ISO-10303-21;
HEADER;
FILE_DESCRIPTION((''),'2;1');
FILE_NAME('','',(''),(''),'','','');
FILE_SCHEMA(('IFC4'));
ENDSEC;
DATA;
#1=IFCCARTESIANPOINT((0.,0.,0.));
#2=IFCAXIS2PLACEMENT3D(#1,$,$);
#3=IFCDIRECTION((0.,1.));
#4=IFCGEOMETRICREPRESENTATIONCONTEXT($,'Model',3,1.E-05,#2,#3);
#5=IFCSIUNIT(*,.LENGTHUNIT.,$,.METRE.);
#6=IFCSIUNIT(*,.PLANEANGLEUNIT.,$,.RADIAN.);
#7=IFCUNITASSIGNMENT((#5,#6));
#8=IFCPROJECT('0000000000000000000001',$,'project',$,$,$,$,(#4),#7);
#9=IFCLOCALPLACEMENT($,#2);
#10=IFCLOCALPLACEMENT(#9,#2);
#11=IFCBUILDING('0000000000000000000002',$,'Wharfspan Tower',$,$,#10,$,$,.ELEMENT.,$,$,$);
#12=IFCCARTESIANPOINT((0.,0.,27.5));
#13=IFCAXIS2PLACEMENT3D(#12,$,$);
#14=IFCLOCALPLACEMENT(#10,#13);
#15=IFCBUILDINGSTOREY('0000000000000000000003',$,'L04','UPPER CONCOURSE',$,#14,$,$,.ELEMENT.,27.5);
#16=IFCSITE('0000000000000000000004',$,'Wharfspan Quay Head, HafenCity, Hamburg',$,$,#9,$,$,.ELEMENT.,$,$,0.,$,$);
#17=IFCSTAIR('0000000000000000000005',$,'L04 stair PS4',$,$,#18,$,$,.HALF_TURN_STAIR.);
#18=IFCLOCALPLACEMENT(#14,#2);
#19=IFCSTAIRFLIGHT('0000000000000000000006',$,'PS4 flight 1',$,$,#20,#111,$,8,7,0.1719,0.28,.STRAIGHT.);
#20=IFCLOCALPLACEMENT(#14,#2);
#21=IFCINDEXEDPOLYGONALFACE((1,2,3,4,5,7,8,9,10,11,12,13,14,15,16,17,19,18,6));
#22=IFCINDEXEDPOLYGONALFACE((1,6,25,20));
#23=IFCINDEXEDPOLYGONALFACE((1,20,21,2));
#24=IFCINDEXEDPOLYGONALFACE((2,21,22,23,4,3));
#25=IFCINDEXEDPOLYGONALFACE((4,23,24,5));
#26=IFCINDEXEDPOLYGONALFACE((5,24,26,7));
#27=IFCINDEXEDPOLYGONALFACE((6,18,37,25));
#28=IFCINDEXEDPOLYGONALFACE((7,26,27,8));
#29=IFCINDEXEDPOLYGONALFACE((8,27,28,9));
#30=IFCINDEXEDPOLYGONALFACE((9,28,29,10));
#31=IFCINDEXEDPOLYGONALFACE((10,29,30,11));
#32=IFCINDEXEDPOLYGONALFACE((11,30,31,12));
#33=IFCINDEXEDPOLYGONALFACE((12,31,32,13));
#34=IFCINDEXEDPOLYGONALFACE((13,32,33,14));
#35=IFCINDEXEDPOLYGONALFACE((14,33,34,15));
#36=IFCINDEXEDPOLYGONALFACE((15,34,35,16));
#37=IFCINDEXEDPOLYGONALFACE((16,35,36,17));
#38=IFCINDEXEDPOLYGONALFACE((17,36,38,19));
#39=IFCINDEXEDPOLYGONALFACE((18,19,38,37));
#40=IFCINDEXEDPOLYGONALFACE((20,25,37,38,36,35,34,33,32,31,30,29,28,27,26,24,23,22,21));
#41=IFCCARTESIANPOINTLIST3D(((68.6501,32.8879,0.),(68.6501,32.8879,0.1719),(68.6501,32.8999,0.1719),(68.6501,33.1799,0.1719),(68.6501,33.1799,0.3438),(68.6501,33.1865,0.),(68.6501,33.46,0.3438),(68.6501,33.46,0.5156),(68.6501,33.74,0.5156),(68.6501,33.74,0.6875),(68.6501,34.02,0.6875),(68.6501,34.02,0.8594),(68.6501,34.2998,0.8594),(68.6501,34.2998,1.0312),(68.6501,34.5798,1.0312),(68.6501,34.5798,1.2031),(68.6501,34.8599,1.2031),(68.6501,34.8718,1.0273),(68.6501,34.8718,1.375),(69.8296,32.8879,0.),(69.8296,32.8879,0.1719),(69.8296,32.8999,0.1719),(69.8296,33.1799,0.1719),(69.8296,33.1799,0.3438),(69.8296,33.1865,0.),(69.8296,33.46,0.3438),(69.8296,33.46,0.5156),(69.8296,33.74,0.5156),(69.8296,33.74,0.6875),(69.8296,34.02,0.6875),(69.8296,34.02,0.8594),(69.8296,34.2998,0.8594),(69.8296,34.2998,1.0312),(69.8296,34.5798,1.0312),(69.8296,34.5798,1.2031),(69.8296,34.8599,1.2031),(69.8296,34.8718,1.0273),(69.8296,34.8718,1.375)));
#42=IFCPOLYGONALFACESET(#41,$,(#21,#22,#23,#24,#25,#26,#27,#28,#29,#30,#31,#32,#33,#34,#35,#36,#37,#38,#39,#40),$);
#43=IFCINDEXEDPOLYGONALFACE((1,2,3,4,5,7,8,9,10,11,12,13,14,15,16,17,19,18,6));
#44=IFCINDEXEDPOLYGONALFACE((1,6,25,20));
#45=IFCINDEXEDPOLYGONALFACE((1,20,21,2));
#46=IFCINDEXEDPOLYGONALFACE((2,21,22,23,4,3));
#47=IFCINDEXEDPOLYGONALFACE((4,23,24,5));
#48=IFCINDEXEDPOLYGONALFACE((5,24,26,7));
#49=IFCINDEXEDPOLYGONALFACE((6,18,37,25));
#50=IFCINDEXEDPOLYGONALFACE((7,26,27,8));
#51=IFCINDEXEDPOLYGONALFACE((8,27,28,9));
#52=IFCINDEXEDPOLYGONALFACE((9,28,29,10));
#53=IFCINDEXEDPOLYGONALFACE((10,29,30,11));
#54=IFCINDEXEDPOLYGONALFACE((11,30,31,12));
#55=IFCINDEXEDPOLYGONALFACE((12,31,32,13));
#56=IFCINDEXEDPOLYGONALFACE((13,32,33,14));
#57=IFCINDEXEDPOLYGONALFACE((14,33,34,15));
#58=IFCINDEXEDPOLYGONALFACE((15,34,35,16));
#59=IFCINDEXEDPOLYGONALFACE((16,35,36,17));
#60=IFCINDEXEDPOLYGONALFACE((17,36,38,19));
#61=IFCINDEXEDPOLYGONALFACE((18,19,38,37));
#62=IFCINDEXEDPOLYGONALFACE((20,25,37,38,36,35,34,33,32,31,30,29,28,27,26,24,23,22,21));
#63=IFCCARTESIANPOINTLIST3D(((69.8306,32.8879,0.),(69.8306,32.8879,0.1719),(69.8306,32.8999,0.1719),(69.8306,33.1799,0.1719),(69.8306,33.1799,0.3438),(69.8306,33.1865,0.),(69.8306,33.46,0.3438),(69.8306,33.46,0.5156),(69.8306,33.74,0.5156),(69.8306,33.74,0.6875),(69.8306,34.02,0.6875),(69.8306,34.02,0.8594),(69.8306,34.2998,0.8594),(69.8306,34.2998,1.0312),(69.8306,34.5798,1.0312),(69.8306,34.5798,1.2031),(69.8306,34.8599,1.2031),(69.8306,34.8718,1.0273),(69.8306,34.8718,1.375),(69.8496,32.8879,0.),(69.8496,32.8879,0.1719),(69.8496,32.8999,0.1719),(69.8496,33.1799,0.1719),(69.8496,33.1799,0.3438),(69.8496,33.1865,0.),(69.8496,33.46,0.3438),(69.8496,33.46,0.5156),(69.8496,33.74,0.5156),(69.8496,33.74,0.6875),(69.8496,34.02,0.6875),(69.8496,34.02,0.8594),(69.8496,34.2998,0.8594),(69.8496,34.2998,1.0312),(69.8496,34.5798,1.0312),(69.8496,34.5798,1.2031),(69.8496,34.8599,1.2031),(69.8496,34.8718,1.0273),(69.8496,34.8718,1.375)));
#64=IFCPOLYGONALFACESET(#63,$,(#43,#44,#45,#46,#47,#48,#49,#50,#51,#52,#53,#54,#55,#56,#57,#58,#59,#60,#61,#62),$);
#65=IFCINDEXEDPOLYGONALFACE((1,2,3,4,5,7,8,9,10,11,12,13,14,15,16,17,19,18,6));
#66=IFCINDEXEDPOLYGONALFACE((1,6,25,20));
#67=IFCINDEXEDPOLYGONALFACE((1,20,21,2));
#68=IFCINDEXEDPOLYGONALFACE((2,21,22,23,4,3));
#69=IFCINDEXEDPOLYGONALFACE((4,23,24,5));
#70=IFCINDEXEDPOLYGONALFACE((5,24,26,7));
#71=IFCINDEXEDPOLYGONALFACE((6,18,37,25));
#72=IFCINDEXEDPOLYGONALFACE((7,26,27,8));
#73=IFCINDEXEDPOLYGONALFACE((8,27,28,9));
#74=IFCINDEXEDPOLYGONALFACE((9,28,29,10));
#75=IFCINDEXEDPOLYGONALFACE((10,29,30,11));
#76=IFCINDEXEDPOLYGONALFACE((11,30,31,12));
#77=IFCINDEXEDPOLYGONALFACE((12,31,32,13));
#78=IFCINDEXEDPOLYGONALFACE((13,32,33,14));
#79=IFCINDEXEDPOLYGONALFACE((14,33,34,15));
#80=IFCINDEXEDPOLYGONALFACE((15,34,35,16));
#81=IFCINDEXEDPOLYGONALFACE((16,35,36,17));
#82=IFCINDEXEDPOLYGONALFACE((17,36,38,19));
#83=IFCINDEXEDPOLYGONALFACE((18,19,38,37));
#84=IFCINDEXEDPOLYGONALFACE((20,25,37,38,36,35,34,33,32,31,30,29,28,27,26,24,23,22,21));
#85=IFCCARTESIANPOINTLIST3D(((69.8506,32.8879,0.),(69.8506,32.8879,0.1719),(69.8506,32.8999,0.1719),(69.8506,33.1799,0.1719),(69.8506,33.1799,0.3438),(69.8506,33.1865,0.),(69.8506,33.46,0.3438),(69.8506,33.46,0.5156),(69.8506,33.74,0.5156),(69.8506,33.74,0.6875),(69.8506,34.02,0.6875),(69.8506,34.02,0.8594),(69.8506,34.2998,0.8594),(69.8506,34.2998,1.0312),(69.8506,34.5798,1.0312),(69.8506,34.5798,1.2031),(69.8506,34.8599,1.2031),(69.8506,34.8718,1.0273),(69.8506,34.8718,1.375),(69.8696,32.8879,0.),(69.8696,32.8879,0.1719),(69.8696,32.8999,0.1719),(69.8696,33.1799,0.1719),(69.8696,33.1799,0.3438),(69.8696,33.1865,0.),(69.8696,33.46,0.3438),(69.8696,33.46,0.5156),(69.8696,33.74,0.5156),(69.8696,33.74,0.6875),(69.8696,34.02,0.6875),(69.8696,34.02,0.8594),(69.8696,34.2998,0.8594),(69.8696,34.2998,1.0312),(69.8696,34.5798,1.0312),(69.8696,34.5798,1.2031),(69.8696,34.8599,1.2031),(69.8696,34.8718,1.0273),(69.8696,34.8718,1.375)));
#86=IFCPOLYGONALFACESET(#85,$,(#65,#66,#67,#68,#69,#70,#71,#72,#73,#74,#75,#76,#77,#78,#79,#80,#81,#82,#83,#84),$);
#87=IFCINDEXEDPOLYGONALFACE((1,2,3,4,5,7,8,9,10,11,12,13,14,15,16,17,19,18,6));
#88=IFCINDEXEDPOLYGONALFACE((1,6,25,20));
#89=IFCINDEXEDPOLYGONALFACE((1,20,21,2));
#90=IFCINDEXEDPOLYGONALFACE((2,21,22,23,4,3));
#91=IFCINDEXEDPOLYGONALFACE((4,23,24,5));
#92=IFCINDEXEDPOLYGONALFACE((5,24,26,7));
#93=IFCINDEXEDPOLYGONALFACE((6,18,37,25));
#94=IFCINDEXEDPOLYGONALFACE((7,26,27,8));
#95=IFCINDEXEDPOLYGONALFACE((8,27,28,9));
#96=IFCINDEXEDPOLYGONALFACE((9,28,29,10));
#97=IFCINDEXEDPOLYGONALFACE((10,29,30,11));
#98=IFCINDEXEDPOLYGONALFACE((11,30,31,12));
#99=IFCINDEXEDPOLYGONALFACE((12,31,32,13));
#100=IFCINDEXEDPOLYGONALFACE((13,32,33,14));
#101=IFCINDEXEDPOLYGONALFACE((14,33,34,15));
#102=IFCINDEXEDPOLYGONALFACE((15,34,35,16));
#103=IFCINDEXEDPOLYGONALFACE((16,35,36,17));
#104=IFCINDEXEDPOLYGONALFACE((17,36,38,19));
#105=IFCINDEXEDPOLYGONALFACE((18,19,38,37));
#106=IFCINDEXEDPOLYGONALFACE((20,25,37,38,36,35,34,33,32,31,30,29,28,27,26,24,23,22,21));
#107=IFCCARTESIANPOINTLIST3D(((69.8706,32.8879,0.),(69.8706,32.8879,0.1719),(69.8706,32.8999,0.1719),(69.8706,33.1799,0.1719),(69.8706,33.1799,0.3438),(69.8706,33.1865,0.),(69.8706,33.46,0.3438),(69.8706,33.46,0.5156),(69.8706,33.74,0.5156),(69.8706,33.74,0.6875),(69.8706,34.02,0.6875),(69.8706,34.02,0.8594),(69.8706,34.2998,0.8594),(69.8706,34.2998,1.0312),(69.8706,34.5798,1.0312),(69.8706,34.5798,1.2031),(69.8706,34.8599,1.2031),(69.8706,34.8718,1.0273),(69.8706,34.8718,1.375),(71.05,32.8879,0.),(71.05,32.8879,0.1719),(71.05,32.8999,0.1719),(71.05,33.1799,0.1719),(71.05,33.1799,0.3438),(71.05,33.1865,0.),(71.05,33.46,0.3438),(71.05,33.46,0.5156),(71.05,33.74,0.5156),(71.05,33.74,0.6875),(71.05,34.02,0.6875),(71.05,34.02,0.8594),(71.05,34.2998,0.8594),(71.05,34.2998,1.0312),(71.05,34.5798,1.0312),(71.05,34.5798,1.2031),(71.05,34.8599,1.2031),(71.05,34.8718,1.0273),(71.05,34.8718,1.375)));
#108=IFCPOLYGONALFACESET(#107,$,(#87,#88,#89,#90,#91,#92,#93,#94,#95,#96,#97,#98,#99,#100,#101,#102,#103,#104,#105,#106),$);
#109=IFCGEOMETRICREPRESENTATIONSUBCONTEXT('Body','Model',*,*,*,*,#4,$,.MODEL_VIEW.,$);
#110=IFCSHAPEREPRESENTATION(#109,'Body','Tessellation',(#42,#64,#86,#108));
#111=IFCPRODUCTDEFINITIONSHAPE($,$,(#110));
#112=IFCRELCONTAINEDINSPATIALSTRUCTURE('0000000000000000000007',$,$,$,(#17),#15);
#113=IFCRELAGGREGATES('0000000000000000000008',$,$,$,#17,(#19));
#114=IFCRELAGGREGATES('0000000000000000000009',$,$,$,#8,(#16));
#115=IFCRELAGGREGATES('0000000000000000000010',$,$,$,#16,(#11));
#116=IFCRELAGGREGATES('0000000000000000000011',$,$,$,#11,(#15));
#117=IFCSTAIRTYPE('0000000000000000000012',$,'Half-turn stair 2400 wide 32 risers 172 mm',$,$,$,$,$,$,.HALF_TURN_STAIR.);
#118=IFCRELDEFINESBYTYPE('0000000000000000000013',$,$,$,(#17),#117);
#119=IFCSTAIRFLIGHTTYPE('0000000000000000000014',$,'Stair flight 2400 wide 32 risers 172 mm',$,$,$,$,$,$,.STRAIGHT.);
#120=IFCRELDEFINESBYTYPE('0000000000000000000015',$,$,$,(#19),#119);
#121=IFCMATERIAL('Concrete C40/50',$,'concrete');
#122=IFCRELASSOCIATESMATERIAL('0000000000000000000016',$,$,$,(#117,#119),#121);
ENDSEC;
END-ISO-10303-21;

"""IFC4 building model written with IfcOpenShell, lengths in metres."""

from ifc_helpers import new_model, si_unit, direction, frame, origin, place, context, subcontext, project, spatial, polyline, outline, extrude, material, type_object, element, aggregate, save


model = new_model("IFC4")

# Units and contexts
model_context = context("Model", 3, precision=1e-05, world=origin(), true_north=direction((0.0, 1.0)))
body_context = subcontext(model_context, "Body", "Model", "MODEL_VIEW")
ifc_project = project(units=[si_unit("LENGTHUNIT", "METRE"), si_unit("PLANEANGLEUNIT", "RADIAN")], contexts=[model_context])

# Site, building, storey
site_placement = place(None, origin())
site = spatial("IfcSite", under=ifc_project, at=site_placement, Name="Wharfspan Quay Head, HafenCity, Hamburg", CompositionType="ELEMENT", RefElevation=0.0)
building_placement = place(site_placement, origin())
building = spatial("IfcBuilding", under=site, at=building_placement, Name="Wharfspan Tower", CompositionType="ELEMENT")
storey_placement = place(building_placement, frame((0.0, 0.0, 27.5)))
storey = spatial("IfcBuildingStorey", under=building, at=storey_placement, Name="L04", Description="UPPER CONCOURSE", CompositionType="ELEMENT", Elevation=27.5)

# Shared definitions
ifc_material_1 = material(Name="Concrete C40/50", Category="concrete")

# Stair, stair flight
stair_type = type_object("IfcStairType", Name="Half-turn stair 2400 wide 32 risers 172 mm", PredefinedType="HALF_TURN_STAIR", material=ifc_material_1)
stair_1_placement = place(storey_placement, origin())
stair_1 = element("IfcStair", 1, at=stair_1_placement, inside=storey, type_object=stair_type, Name="L04 stair PS4", PredefinedType="HALF_TURN_STAIR")
stair_flight_type = type_object("IfcStairFlightType", Name="Stair flight 2400 wide 32 risers 172 mm", PredefinedType="STRAIGHT", material=ifc_material_1)
stair_flight_1_placement = place(storey_placement, frame((69.8501, 32.8999, 0.0), z_axis=(0.0, 0.0, 1.0), x_axis=(0.0, 1.0, 0.0)))
stair_flight_1 = element("IfcStairFlight", 2, at=stair_flight_1_placement, type_object=stair_flight_type, Name="PS4 flight 1", NumberOfRisers=8, NumberOfTreads=7, PredefinedType="STRAIGHT", RiserHeight=0.1719, TreadLength=0.28, context=body_context, shape_type="SweptSolid", body=[
    extrude(outline(polyline([(-0.012, 0.0), (-0.012, 0.1719), (0.0, 0.1719), (0.28, 0.1719), (0.28, 0.3438), (0.5601, 0.3438), (0.5601, 0.5156), (0.8401, 0.5156), (0.8401, 0.6875), (1.1201, 0.6875), (1.1201, 0.8594), (1.3999, 0.8594), (1.3999, 1.0312), (1.6799, 1.0312), (1.6799, 1.2031), (1.96, 1.2031), (1.9719, 1.375), (1.9719, 1.0273), (0.2866, 0.0), (-0.012, 0.0)])), frame((0.0, 1.2, 0.0), z_axis=(0.0, -1.0, 0.0), x_axis=(1.0, 0.0, 0.0)), (0.0, 0.0, 1.0), 1.1794),
    extrude(outline(polyline([(-0.012, 0.0), (-0.012, 0.1719), (0.0, 0.1719), (0.28, 0.1719), (0.28, 0.3438), (0.5601, 0.3438), (0.5601, 0.5156), (0.8401, 0.5156), (0.8401, 0.6875), (1.1201, 0.6875), (1.1201, 0.8594), (1.3999, 0.8594), (1.3999, 1.0312), (1.6799, 1.0312), (1.6799, 1.2031), (1.96, 1.2031), (1.9719, 1.375), (1.9719, 1.0273), (0.2866, 0.0), (-0.012, 0.0)])), frame((0.0, 0.0195, 0.0), z_axis=(0.0, -1.0, 0.0), x_axis=(1.0, 0.0, 0.0)), (0.0, 0.0, 1.0), 0.019),
    extrude(outline(polyline([(-0.012, 0.0), (-0.012, 0.1719), (0.0, 0.1719), (0.28, 0.1719), (0.28, 0.3438), (0.5601, 0.3438), (0.5601, 0.5156), (0.8401, 0.5156), (0.8401, 0.6875), (1.1201, 0.6875), (1.1201, 0.8594), (1.3999, 0.8594), (1.3999, 1.0312), (1.6799, 1.0312), (1.6799, 1.2031), (1.96, 1.2031), (1.9719, 1.375), (1.9719, 1.0273), (0.2866, 0.0), (-0.012, 0.0)])), frame((0.0, -0.0005, 0.0), z_axis=(0.0, -1.0, 0.0), x_axis=(1.0, 0.0, 0.0)), (0.0, 0.0, 1.0), 0.019),
    extrude(outline(polyline([(-0.012, 0.0), (-0.012, 0.1719), (0.0, 0.1719), (0.28, 0.1719), (0.28, 0.3438), (0.5601, 0.3438), (0.5601, 0.5156), (0.8401, 0.5156), (0.8401, 0.6875), (1.1201, 0.6875), (1.1201, 0.8594), (1.3999, 0.8594), (1.3999, 1.0312), (1.6799, 1.0312), (1.6799, 1.2031), (1.96, 1.2031), (1.9719, 1.375), (1.9719, 1.0273), (0.2866, 0.0), (-0.012, 0.0)])), frame((0.0, -0.0205, 0.0), z_axis=(0.0, -1.0, 0.0), x_axis=(1.0, 0.0, 0.0)), (0.0, 0.0, 1.0), 1.1794),
])
aggregate(stair_1, [stair_flight_1])

save(model, "model.ifc")
